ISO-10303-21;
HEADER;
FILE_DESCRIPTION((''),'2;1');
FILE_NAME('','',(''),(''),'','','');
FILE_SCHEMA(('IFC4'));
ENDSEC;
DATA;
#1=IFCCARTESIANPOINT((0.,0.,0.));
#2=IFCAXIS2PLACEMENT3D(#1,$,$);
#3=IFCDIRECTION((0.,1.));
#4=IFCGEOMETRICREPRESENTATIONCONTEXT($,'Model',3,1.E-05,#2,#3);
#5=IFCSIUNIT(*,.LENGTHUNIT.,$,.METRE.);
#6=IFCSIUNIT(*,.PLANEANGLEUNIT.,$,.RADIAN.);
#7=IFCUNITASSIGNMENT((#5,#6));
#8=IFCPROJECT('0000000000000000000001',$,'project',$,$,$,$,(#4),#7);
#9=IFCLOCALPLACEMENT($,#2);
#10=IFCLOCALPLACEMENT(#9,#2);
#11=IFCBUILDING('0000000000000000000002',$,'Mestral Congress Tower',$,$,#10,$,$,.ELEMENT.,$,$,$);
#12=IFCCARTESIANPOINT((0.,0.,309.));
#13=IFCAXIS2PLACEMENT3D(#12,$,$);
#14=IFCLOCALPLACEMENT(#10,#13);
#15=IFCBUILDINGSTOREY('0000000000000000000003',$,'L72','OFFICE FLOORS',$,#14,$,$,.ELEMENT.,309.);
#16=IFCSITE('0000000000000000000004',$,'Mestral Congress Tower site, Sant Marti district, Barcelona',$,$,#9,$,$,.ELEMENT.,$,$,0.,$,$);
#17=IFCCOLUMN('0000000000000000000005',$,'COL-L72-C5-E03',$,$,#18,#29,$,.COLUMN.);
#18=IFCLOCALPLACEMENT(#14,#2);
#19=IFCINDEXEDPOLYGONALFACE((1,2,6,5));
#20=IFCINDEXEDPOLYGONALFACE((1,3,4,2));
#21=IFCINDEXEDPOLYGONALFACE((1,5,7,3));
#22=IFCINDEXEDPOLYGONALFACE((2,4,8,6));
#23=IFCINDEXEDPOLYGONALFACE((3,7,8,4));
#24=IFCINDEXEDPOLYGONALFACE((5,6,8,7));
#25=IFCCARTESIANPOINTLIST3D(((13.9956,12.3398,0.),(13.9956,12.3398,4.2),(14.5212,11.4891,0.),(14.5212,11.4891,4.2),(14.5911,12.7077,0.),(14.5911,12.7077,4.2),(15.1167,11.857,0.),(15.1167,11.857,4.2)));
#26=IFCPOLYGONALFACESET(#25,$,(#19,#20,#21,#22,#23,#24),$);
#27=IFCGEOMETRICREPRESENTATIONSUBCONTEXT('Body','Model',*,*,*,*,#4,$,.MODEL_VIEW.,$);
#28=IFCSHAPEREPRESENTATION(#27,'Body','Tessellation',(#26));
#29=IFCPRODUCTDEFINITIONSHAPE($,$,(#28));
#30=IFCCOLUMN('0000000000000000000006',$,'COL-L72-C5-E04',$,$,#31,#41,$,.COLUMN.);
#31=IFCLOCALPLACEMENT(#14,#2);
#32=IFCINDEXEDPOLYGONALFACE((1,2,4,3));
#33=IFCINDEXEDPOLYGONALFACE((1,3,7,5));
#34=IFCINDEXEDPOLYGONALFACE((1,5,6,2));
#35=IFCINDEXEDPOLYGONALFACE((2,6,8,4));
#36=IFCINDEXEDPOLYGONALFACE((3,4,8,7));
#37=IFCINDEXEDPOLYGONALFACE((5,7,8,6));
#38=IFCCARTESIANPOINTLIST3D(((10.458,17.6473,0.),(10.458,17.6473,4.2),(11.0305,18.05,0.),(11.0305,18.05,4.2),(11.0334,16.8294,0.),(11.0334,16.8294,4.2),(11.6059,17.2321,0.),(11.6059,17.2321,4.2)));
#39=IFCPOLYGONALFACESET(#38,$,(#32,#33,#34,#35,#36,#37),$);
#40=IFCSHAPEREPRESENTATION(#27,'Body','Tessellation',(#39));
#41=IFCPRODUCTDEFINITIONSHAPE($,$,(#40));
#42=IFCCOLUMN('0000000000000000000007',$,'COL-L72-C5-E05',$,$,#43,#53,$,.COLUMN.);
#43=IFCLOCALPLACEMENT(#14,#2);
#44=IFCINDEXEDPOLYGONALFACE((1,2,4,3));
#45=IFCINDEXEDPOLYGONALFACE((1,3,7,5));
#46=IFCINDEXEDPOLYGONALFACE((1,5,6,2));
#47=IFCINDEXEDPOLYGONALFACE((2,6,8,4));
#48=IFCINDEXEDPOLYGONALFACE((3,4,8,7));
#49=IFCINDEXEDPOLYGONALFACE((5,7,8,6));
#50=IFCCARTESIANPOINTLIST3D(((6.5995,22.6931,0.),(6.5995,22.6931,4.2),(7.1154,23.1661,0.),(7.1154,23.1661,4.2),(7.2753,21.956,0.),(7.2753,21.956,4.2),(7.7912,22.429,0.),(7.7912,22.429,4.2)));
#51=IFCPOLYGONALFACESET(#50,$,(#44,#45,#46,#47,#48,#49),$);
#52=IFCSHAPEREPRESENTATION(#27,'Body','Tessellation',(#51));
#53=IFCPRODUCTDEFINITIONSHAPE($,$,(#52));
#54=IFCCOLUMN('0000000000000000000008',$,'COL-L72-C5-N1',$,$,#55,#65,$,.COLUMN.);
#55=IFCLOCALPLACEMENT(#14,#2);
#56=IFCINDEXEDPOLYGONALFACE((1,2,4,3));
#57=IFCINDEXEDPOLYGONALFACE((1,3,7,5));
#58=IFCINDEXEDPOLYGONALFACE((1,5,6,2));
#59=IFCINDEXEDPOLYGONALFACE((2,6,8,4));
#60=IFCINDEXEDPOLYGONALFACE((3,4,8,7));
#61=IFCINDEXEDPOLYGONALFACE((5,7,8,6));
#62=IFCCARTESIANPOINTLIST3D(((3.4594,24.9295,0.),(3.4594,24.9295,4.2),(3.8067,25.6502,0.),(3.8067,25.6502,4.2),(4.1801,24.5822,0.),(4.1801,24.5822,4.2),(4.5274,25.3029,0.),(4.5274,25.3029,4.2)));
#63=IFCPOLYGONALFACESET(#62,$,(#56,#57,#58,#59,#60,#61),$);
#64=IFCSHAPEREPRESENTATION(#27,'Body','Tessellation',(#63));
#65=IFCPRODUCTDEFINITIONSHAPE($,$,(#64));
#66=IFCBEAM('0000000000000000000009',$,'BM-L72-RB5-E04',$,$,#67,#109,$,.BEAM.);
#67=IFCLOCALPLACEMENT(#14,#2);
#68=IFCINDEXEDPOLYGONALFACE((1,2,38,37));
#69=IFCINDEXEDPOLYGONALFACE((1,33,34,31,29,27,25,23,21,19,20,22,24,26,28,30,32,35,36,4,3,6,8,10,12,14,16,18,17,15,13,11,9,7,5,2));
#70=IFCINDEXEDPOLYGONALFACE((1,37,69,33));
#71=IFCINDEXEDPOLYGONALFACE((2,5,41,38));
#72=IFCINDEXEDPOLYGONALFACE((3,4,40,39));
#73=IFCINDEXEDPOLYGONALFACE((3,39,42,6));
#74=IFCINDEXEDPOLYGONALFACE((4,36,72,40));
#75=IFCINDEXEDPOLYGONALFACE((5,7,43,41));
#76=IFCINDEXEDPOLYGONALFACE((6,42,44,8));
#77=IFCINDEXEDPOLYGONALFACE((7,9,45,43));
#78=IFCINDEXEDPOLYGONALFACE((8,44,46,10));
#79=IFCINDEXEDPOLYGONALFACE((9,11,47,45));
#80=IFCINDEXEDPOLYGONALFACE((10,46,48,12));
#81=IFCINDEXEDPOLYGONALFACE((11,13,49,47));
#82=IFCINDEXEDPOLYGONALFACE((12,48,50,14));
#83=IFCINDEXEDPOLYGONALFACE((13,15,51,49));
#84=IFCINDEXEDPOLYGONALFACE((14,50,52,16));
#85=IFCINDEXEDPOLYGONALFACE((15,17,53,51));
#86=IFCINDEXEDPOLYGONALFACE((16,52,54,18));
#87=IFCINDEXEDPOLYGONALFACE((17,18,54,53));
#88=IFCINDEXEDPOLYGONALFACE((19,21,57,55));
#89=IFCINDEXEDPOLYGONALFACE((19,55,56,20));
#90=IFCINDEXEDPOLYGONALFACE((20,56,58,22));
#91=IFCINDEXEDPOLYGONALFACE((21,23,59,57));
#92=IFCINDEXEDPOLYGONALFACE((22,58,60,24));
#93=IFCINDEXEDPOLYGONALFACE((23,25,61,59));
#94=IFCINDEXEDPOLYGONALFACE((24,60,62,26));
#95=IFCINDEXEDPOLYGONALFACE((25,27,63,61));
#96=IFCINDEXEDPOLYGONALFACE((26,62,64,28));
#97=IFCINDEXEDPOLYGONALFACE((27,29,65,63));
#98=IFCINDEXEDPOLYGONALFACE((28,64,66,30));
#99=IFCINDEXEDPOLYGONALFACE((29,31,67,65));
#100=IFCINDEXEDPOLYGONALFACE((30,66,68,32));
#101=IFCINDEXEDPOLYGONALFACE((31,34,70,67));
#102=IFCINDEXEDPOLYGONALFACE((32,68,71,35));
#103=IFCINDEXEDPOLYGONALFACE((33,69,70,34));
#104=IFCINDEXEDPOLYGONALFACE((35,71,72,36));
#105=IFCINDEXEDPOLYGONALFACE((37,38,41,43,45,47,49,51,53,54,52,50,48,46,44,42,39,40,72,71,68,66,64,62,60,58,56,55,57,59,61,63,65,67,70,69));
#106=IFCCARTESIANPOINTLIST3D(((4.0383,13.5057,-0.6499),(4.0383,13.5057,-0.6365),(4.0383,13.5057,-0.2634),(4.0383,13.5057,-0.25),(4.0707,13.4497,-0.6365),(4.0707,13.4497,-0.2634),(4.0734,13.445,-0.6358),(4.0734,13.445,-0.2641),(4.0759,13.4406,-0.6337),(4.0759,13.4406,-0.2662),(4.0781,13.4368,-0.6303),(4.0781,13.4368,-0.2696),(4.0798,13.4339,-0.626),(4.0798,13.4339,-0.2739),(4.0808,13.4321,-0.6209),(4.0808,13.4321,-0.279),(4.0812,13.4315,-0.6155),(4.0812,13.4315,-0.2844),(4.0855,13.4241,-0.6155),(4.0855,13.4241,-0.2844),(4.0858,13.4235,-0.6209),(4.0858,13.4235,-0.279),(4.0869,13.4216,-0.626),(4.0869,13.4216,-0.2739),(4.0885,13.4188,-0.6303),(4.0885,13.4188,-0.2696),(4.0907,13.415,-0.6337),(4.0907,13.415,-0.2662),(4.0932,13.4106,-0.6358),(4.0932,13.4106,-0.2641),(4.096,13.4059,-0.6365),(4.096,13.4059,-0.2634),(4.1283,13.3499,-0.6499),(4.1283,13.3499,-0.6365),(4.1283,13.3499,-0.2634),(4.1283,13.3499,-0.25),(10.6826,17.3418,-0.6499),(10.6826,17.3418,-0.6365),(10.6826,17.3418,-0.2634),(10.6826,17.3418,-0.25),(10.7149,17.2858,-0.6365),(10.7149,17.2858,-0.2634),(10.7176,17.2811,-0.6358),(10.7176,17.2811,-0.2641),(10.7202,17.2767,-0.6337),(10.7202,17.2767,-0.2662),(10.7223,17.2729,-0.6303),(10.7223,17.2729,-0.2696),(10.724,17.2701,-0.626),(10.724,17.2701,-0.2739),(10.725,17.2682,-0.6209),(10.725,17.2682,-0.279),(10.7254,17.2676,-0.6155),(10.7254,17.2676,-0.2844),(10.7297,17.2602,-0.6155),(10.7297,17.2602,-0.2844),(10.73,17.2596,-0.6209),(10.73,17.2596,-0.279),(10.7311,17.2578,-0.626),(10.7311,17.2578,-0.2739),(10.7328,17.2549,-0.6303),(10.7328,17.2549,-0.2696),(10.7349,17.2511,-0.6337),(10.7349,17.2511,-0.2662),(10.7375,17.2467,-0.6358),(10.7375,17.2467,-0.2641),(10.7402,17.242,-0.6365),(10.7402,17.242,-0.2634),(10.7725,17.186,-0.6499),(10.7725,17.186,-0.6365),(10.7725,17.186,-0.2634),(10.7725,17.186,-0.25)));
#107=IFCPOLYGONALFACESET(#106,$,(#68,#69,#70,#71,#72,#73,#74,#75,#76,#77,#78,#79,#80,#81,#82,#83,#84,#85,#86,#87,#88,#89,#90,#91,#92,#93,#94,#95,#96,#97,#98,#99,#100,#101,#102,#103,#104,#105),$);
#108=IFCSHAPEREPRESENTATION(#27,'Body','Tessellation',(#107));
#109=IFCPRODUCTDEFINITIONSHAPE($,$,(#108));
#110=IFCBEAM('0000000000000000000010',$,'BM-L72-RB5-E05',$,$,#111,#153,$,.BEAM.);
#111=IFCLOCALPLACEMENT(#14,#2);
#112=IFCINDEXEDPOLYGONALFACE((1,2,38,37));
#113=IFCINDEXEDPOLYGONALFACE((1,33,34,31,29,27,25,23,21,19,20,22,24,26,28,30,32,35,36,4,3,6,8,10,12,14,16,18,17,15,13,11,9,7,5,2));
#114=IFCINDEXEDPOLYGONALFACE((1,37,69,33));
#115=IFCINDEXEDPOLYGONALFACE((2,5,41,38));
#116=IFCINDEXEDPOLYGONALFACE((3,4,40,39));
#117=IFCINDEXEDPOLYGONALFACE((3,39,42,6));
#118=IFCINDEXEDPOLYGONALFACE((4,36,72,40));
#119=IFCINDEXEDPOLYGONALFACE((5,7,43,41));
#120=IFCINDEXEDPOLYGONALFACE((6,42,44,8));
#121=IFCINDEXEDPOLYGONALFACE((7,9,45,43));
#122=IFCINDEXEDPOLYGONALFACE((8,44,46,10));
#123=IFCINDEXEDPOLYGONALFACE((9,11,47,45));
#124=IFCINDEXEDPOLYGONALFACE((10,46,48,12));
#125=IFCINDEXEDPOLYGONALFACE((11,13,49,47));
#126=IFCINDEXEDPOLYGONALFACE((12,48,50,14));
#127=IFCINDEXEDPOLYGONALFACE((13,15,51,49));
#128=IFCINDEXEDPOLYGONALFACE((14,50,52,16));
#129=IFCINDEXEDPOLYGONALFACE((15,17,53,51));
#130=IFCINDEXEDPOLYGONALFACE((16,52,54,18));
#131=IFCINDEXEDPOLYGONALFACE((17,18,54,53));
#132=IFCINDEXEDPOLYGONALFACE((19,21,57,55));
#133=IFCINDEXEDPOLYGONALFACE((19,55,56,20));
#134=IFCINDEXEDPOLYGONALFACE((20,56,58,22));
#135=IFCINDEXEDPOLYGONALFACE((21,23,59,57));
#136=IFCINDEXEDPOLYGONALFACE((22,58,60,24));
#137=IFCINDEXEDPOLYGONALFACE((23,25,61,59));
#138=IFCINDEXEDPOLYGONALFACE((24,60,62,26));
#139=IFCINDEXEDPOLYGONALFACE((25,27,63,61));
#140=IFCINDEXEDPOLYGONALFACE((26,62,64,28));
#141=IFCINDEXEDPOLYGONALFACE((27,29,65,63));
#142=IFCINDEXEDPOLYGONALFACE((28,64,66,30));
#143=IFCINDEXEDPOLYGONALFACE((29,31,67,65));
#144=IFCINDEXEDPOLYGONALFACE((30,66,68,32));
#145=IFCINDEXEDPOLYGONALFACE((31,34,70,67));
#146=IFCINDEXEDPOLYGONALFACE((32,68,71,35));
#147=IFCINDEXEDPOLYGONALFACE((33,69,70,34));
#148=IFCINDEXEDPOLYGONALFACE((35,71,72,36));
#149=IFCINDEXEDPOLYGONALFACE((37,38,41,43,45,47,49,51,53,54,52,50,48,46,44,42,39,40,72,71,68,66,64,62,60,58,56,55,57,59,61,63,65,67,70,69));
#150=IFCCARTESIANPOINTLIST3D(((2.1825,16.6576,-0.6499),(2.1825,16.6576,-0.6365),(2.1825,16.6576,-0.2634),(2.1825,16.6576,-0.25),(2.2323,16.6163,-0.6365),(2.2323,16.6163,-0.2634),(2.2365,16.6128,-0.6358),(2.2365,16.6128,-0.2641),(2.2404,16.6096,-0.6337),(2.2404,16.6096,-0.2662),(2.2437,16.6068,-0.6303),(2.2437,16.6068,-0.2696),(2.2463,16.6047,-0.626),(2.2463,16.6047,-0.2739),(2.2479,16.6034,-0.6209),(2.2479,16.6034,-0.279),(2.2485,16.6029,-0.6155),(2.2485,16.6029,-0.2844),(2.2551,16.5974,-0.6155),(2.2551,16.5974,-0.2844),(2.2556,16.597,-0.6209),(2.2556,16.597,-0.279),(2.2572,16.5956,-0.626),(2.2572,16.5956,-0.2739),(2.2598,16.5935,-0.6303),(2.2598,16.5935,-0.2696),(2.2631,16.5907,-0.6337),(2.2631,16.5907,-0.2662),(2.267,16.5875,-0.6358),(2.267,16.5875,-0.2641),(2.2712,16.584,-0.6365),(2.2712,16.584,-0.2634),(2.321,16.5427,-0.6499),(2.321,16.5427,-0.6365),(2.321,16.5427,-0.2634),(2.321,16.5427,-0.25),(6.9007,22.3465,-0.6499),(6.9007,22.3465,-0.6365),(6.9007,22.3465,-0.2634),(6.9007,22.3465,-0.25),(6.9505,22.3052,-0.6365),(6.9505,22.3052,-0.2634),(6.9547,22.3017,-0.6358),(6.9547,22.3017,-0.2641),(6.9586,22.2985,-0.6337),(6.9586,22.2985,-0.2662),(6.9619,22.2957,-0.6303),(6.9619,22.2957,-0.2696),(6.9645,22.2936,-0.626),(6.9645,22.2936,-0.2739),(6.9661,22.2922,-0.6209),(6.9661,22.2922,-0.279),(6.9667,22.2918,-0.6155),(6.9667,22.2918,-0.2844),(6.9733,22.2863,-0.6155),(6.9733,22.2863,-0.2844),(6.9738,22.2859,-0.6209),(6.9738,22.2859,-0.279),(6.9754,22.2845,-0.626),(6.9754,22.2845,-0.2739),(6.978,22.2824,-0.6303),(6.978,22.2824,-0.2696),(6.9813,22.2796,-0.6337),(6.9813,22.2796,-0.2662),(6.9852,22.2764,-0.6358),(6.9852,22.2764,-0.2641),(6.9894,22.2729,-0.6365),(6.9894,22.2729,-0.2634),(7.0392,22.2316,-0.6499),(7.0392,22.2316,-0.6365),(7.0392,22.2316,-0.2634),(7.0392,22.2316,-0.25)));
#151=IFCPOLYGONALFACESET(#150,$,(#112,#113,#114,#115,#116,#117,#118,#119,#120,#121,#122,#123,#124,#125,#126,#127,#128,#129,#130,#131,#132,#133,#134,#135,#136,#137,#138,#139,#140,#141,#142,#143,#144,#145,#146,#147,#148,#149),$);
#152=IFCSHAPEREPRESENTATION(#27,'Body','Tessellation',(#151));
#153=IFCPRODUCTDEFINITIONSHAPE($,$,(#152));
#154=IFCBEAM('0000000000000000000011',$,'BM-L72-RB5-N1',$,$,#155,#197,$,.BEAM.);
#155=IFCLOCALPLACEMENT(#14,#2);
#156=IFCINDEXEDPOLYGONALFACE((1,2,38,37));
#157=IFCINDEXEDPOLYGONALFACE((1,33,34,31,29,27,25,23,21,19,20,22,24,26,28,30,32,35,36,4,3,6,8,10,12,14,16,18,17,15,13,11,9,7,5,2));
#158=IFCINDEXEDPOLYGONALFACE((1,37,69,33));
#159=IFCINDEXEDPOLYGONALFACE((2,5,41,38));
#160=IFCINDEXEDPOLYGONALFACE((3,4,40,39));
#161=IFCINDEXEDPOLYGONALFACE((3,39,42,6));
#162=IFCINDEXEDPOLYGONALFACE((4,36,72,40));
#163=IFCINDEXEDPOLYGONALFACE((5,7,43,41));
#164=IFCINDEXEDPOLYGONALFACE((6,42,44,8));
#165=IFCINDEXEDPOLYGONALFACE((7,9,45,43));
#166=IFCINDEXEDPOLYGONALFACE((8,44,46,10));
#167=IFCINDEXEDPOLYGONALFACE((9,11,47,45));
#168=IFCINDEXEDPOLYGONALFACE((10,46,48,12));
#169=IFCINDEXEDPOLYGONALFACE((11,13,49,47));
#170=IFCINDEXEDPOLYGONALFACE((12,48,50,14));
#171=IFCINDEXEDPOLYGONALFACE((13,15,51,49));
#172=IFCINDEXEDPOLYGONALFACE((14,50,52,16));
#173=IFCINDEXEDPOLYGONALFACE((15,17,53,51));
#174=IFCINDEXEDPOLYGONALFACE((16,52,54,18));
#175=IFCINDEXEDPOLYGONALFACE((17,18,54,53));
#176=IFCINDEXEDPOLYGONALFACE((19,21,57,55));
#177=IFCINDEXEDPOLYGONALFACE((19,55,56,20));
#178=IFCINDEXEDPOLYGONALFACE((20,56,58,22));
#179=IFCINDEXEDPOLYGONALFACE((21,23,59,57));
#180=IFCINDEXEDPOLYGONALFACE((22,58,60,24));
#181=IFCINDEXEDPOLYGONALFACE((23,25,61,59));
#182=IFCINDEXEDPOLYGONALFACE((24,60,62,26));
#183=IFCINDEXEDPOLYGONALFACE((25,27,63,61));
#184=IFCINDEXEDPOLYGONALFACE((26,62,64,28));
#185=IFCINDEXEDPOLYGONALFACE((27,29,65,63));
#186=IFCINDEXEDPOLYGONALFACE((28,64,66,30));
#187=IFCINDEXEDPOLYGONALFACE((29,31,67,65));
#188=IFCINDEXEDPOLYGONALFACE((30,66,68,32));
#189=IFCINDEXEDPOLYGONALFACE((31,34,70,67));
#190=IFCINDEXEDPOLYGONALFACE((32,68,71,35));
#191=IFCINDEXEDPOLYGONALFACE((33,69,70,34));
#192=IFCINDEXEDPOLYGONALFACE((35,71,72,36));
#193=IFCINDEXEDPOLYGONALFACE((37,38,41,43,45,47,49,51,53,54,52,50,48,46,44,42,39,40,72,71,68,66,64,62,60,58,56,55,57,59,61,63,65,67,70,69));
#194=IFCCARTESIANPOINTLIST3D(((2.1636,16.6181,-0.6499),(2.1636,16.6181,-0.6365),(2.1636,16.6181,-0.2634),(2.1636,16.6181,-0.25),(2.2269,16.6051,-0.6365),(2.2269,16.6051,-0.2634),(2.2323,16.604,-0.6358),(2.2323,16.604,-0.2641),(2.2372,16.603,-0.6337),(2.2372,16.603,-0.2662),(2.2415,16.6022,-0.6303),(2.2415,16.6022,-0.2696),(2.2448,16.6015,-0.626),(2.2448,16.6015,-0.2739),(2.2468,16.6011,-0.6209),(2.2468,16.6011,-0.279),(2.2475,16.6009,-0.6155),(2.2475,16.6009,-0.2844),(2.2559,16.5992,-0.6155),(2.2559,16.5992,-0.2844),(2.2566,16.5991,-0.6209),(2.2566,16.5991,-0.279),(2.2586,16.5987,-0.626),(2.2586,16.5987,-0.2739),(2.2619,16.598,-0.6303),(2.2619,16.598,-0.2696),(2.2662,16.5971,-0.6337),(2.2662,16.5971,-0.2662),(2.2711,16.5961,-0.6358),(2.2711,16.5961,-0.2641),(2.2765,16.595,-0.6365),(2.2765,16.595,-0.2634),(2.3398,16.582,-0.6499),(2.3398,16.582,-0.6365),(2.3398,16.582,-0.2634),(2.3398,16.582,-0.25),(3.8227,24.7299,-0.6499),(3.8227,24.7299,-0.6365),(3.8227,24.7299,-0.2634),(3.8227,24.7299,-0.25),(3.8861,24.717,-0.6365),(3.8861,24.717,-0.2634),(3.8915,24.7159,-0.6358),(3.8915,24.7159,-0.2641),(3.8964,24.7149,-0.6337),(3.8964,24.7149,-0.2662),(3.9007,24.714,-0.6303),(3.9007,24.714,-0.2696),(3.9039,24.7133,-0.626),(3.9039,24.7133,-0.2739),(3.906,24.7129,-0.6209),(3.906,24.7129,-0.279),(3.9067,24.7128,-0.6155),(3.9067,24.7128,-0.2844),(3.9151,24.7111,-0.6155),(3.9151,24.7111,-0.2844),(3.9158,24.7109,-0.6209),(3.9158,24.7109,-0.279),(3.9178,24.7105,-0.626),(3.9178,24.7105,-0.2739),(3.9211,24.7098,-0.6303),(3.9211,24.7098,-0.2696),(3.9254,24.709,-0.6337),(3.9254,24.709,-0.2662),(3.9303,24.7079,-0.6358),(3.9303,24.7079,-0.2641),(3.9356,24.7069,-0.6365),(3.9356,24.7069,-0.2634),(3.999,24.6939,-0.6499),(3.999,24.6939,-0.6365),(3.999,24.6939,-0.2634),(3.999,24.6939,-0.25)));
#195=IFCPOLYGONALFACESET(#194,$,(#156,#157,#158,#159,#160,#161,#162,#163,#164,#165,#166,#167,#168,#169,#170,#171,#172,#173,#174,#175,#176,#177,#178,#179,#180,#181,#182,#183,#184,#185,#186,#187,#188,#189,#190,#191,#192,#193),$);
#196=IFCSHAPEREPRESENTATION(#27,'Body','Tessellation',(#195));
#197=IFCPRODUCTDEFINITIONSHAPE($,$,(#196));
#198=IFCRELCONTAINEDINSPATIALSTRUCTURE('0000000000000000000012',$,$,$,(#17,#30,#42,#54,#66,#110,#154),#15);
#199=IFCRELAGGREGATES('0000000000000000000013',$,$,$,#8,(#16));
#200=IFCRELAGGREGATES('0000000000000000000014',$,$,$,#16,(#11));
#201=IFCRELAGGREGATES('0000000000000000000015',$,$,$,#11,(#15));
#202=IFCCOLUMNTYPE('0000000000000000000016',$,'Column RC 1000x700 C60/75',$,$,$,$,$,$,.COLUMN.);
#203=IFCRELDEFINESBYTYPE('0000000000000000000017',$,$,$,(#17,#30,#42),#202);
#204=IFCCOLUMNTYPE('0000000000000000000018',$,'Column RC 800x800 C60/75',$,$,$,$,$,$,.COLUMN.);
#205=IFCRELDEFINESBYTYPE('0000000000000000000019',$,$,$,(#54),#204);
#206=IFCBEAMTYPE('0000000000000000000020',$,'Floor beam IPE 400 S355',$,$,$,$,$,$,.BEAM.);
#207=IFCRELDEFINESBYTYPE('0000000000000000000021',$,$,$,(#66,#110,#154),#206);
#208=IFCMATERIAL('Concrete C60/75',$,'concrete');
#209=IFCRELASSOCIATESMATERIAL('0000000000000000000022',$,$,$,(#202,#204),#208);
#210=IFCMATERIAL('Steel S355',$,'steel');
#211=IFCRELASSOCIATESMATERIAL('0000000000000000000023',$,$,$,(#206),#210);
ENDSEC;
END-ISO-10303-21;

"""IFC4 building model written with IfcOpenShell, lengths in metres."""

from ifc_helpers import new_model, si_unit, direction, frame, origin, origin_2d, place, context, subcontext, project, spatial, rectangle, i_section, extrude, material, material_profile, profile_set, type_object, element, save


model = new_model("IFC4")

# Units and contexts
model_context = context("Model", 3, precision=1e-05, world=origin(), true_north=direction((0.0, 1.0)))
body_context = subcontext(model_context, "Body", "Model", "MODEL_VIEW")
ifc_project = project(units=[si_unit("LENGTHUNIT", "METRE"), si_unit("PLANEANGLEUNIT", "RADIAN")], contexts=[model_context])

# Site, building, storey
site_placement = place(None, origin())
site = spatial("IfcSite", under=ifc_project, at=site_placement, Name="Mestral Congress Tower site, Sant Marti district, Barcelona", CompositionType="ELEMENT", RefElevation=0.0)
building_placement = place(site_placement, origin())
building = spatial("IfcBuilding", under=site, at=building_placement, Name="Mestral Congress Tower", CompositionType="ELEMENT")
storey_placement = place(building_placement, frame((0.0, 0.0, 309.0)))
storey = spatial("IfcBuildingStorey", under=building, at=storey_placement, Name="L72", Description="OFFICE FLOORS", CompositionType="ELEMENT", Elevation=309.0)

# Columns
ifc_material_1 = material(Name="Concrete C60/75", Category="concrete")
ifc_material_profile_1 = material_profile(ifc_material_1, rectangle(XDim=1.0, YDim=0.7, at=origin_2d()), Name="RC 1000x700")
ifc_profile_set_1 = profile_set([ifc_material_profile_1], Name="Concrete C60/75")
column_type_1 = type_object("IfcColumnType", Name="Column RC 1000x700 C60/75", PredefinedType="COLUMN", material=ifc_profile_set_1)
for number, where, z_axis, x_axis, name in (
    (1, (14.5562, 12.0984, 0.0), (0.0, 0.0, 1.0), (-0.52561, 0.850726, 0.0), "COL-L72-C5-E03"),
    (2, (11.032, 17.4397, 0.0), (0.0, 0.0, 1.0), (-0.575402, 0.817871, 0.0), "COL-L72-C5-E04"),
    (3, (7.1953, 22.561, 0.0), (0.0, 0.0, 1.0), (-0.675803, 0.737083, 0.0), "COL-L72-C5-E05"),
):
    element("IfcColumn", number, at=place(storey_placement, frame(where, z_axis=z_axis, x_axis=x_axis)), inside=storey, type_object=column_type_1, Name=name, PredefinedType="COLUMN", context=body_context, shape_type="SweptSolid", body=[
        extrude(rectangle(XDim=1.0, YDim=0.7, at=origin_2d()), origin(), (0.0, 0.0, 1.0), 4.2),
    ])
ifc_material_profile_2 = material_profile(ifc_material_1, rectangle(XDim=0.8, YDim=0.8, at=origin_2d()), Name="RC 800x800")
ifc_profile_set_2 = profile_set([ifc_material_profile_2], Name="Concrete C60/75")
column_type_2 = type_object("IfcColumnType", Name="Column RC 800x800 C60/75", PredefinedType="COLUMN", material=ifc_profile_set_2)
column_placement = place(storey_placement, frame((3.9934, 25.1162, 0.0), z_axis=(0.0, 0.0, 1.0), x_axis=(-0.900873, 0.434082, 0.0)))
element("IfcColumn", 4, at=column_placement, inside=storey, type_object=column_type_2, Name="COL-L72-C5-N1", PredefinedType="COLUMN", context=body_context, shape_type="SweptSolid", body=[
    extrude(rectangle(XDim=0.8, YDim=0.8, at=origin_2d()), origin(), (0.0, 0.0, 1.0), 4.2),
])

# Beams
ifc_material_2 = material(Name="Steel S355", Category="steel")
ifc_material_profile_3 = material_profile(ifc_material_2, i_section(OverallWidth=0.1799, OverallDepth=0.3999, WebThickness=0.0085, FlangeThickness=0.0134, FilletRadius=0.021, at=origin_2d()), Name="IPE 400")
ifc_profile_set_3 = profile_set([ifc_material_profile_3], Name="Steel S355")
beam_type_1 = type_object("IfcBeamType", Name="Floor beam IPE 400 S355", PredefinedType="BEAM", material=ifc_profile_set_3)
beam_1_placement = place(storey_placement, frame((10.7275, 17.2639, -0.45), z_axis=(-0.86602, -0.50001, 0.0), x_axis=(0.50001, -0.86602, 0.0)))
element("IfcBeam", 5, at=beam_1_placement, inside=storey, type_object=beam_type_1, Name="BM-L72-RB5-E04", PredefinedType="BEAM", context=body_context, shape_type="SweptSolid", body=[
    extrude(i_section(OverallWidth=0.1799, OverallDepth=0.3999, WebThickness=0.0085, FlangeThickness=0.0134, FilletRadius=0.021, at=origin_2d()), origin(), (0.0, 0.0, 1.0), 7.6721),
])
beam_2_placement = place(storey_placement, frame((6.97, 22.2891, -0.45), z_axis=(-0.638383, -0.769719, 0.0), x_axis=(0.769719, -0.638383, 0.0)))
element("IfcBeam", 6, at=beam_2_placement, inside=storey, type_object=beam_type_1, Name="BM-L72-RB5-E05", PredefinedType="BEAM", context=body_context, shape_type="SweptSolid", body=[
    extrude(i_section(OverallWidth=0.1799, OverallDepth=0.3999, WebThickness=0.0085, FlangeThickness=0.0134, FilletRadius=0.021, at=origin_2d()), origin(), (0.0, 0.0, 1.0), 7.3909),
])
beam_3_placement = place(storey_placement, frame((3.9109, 24.7119, -0.45), z_axis=(-0.20039, -0.979716, 0.0), x_axis=(0.979716, -0.20039, 0.0)))
element("IfcBeam", 7, at=beam_3_placement, inside=storey, type_object=beam_type_1, Name="BM-L72-RB5-N1", PredefinedType="BEAM", context=body_context, shape_type="SweptSolid", body=[
    extrude(i_section(OverallWidth=0.1799, OverallDepth=0.3999, WebThickness=0.0085, FlangeThickness=0.0134, FilletRadius=0.021, at=origin_2d()), origin(), (0.0, 0.0, 1.0), 8.2798),
])

save(model, "model.ifc")
